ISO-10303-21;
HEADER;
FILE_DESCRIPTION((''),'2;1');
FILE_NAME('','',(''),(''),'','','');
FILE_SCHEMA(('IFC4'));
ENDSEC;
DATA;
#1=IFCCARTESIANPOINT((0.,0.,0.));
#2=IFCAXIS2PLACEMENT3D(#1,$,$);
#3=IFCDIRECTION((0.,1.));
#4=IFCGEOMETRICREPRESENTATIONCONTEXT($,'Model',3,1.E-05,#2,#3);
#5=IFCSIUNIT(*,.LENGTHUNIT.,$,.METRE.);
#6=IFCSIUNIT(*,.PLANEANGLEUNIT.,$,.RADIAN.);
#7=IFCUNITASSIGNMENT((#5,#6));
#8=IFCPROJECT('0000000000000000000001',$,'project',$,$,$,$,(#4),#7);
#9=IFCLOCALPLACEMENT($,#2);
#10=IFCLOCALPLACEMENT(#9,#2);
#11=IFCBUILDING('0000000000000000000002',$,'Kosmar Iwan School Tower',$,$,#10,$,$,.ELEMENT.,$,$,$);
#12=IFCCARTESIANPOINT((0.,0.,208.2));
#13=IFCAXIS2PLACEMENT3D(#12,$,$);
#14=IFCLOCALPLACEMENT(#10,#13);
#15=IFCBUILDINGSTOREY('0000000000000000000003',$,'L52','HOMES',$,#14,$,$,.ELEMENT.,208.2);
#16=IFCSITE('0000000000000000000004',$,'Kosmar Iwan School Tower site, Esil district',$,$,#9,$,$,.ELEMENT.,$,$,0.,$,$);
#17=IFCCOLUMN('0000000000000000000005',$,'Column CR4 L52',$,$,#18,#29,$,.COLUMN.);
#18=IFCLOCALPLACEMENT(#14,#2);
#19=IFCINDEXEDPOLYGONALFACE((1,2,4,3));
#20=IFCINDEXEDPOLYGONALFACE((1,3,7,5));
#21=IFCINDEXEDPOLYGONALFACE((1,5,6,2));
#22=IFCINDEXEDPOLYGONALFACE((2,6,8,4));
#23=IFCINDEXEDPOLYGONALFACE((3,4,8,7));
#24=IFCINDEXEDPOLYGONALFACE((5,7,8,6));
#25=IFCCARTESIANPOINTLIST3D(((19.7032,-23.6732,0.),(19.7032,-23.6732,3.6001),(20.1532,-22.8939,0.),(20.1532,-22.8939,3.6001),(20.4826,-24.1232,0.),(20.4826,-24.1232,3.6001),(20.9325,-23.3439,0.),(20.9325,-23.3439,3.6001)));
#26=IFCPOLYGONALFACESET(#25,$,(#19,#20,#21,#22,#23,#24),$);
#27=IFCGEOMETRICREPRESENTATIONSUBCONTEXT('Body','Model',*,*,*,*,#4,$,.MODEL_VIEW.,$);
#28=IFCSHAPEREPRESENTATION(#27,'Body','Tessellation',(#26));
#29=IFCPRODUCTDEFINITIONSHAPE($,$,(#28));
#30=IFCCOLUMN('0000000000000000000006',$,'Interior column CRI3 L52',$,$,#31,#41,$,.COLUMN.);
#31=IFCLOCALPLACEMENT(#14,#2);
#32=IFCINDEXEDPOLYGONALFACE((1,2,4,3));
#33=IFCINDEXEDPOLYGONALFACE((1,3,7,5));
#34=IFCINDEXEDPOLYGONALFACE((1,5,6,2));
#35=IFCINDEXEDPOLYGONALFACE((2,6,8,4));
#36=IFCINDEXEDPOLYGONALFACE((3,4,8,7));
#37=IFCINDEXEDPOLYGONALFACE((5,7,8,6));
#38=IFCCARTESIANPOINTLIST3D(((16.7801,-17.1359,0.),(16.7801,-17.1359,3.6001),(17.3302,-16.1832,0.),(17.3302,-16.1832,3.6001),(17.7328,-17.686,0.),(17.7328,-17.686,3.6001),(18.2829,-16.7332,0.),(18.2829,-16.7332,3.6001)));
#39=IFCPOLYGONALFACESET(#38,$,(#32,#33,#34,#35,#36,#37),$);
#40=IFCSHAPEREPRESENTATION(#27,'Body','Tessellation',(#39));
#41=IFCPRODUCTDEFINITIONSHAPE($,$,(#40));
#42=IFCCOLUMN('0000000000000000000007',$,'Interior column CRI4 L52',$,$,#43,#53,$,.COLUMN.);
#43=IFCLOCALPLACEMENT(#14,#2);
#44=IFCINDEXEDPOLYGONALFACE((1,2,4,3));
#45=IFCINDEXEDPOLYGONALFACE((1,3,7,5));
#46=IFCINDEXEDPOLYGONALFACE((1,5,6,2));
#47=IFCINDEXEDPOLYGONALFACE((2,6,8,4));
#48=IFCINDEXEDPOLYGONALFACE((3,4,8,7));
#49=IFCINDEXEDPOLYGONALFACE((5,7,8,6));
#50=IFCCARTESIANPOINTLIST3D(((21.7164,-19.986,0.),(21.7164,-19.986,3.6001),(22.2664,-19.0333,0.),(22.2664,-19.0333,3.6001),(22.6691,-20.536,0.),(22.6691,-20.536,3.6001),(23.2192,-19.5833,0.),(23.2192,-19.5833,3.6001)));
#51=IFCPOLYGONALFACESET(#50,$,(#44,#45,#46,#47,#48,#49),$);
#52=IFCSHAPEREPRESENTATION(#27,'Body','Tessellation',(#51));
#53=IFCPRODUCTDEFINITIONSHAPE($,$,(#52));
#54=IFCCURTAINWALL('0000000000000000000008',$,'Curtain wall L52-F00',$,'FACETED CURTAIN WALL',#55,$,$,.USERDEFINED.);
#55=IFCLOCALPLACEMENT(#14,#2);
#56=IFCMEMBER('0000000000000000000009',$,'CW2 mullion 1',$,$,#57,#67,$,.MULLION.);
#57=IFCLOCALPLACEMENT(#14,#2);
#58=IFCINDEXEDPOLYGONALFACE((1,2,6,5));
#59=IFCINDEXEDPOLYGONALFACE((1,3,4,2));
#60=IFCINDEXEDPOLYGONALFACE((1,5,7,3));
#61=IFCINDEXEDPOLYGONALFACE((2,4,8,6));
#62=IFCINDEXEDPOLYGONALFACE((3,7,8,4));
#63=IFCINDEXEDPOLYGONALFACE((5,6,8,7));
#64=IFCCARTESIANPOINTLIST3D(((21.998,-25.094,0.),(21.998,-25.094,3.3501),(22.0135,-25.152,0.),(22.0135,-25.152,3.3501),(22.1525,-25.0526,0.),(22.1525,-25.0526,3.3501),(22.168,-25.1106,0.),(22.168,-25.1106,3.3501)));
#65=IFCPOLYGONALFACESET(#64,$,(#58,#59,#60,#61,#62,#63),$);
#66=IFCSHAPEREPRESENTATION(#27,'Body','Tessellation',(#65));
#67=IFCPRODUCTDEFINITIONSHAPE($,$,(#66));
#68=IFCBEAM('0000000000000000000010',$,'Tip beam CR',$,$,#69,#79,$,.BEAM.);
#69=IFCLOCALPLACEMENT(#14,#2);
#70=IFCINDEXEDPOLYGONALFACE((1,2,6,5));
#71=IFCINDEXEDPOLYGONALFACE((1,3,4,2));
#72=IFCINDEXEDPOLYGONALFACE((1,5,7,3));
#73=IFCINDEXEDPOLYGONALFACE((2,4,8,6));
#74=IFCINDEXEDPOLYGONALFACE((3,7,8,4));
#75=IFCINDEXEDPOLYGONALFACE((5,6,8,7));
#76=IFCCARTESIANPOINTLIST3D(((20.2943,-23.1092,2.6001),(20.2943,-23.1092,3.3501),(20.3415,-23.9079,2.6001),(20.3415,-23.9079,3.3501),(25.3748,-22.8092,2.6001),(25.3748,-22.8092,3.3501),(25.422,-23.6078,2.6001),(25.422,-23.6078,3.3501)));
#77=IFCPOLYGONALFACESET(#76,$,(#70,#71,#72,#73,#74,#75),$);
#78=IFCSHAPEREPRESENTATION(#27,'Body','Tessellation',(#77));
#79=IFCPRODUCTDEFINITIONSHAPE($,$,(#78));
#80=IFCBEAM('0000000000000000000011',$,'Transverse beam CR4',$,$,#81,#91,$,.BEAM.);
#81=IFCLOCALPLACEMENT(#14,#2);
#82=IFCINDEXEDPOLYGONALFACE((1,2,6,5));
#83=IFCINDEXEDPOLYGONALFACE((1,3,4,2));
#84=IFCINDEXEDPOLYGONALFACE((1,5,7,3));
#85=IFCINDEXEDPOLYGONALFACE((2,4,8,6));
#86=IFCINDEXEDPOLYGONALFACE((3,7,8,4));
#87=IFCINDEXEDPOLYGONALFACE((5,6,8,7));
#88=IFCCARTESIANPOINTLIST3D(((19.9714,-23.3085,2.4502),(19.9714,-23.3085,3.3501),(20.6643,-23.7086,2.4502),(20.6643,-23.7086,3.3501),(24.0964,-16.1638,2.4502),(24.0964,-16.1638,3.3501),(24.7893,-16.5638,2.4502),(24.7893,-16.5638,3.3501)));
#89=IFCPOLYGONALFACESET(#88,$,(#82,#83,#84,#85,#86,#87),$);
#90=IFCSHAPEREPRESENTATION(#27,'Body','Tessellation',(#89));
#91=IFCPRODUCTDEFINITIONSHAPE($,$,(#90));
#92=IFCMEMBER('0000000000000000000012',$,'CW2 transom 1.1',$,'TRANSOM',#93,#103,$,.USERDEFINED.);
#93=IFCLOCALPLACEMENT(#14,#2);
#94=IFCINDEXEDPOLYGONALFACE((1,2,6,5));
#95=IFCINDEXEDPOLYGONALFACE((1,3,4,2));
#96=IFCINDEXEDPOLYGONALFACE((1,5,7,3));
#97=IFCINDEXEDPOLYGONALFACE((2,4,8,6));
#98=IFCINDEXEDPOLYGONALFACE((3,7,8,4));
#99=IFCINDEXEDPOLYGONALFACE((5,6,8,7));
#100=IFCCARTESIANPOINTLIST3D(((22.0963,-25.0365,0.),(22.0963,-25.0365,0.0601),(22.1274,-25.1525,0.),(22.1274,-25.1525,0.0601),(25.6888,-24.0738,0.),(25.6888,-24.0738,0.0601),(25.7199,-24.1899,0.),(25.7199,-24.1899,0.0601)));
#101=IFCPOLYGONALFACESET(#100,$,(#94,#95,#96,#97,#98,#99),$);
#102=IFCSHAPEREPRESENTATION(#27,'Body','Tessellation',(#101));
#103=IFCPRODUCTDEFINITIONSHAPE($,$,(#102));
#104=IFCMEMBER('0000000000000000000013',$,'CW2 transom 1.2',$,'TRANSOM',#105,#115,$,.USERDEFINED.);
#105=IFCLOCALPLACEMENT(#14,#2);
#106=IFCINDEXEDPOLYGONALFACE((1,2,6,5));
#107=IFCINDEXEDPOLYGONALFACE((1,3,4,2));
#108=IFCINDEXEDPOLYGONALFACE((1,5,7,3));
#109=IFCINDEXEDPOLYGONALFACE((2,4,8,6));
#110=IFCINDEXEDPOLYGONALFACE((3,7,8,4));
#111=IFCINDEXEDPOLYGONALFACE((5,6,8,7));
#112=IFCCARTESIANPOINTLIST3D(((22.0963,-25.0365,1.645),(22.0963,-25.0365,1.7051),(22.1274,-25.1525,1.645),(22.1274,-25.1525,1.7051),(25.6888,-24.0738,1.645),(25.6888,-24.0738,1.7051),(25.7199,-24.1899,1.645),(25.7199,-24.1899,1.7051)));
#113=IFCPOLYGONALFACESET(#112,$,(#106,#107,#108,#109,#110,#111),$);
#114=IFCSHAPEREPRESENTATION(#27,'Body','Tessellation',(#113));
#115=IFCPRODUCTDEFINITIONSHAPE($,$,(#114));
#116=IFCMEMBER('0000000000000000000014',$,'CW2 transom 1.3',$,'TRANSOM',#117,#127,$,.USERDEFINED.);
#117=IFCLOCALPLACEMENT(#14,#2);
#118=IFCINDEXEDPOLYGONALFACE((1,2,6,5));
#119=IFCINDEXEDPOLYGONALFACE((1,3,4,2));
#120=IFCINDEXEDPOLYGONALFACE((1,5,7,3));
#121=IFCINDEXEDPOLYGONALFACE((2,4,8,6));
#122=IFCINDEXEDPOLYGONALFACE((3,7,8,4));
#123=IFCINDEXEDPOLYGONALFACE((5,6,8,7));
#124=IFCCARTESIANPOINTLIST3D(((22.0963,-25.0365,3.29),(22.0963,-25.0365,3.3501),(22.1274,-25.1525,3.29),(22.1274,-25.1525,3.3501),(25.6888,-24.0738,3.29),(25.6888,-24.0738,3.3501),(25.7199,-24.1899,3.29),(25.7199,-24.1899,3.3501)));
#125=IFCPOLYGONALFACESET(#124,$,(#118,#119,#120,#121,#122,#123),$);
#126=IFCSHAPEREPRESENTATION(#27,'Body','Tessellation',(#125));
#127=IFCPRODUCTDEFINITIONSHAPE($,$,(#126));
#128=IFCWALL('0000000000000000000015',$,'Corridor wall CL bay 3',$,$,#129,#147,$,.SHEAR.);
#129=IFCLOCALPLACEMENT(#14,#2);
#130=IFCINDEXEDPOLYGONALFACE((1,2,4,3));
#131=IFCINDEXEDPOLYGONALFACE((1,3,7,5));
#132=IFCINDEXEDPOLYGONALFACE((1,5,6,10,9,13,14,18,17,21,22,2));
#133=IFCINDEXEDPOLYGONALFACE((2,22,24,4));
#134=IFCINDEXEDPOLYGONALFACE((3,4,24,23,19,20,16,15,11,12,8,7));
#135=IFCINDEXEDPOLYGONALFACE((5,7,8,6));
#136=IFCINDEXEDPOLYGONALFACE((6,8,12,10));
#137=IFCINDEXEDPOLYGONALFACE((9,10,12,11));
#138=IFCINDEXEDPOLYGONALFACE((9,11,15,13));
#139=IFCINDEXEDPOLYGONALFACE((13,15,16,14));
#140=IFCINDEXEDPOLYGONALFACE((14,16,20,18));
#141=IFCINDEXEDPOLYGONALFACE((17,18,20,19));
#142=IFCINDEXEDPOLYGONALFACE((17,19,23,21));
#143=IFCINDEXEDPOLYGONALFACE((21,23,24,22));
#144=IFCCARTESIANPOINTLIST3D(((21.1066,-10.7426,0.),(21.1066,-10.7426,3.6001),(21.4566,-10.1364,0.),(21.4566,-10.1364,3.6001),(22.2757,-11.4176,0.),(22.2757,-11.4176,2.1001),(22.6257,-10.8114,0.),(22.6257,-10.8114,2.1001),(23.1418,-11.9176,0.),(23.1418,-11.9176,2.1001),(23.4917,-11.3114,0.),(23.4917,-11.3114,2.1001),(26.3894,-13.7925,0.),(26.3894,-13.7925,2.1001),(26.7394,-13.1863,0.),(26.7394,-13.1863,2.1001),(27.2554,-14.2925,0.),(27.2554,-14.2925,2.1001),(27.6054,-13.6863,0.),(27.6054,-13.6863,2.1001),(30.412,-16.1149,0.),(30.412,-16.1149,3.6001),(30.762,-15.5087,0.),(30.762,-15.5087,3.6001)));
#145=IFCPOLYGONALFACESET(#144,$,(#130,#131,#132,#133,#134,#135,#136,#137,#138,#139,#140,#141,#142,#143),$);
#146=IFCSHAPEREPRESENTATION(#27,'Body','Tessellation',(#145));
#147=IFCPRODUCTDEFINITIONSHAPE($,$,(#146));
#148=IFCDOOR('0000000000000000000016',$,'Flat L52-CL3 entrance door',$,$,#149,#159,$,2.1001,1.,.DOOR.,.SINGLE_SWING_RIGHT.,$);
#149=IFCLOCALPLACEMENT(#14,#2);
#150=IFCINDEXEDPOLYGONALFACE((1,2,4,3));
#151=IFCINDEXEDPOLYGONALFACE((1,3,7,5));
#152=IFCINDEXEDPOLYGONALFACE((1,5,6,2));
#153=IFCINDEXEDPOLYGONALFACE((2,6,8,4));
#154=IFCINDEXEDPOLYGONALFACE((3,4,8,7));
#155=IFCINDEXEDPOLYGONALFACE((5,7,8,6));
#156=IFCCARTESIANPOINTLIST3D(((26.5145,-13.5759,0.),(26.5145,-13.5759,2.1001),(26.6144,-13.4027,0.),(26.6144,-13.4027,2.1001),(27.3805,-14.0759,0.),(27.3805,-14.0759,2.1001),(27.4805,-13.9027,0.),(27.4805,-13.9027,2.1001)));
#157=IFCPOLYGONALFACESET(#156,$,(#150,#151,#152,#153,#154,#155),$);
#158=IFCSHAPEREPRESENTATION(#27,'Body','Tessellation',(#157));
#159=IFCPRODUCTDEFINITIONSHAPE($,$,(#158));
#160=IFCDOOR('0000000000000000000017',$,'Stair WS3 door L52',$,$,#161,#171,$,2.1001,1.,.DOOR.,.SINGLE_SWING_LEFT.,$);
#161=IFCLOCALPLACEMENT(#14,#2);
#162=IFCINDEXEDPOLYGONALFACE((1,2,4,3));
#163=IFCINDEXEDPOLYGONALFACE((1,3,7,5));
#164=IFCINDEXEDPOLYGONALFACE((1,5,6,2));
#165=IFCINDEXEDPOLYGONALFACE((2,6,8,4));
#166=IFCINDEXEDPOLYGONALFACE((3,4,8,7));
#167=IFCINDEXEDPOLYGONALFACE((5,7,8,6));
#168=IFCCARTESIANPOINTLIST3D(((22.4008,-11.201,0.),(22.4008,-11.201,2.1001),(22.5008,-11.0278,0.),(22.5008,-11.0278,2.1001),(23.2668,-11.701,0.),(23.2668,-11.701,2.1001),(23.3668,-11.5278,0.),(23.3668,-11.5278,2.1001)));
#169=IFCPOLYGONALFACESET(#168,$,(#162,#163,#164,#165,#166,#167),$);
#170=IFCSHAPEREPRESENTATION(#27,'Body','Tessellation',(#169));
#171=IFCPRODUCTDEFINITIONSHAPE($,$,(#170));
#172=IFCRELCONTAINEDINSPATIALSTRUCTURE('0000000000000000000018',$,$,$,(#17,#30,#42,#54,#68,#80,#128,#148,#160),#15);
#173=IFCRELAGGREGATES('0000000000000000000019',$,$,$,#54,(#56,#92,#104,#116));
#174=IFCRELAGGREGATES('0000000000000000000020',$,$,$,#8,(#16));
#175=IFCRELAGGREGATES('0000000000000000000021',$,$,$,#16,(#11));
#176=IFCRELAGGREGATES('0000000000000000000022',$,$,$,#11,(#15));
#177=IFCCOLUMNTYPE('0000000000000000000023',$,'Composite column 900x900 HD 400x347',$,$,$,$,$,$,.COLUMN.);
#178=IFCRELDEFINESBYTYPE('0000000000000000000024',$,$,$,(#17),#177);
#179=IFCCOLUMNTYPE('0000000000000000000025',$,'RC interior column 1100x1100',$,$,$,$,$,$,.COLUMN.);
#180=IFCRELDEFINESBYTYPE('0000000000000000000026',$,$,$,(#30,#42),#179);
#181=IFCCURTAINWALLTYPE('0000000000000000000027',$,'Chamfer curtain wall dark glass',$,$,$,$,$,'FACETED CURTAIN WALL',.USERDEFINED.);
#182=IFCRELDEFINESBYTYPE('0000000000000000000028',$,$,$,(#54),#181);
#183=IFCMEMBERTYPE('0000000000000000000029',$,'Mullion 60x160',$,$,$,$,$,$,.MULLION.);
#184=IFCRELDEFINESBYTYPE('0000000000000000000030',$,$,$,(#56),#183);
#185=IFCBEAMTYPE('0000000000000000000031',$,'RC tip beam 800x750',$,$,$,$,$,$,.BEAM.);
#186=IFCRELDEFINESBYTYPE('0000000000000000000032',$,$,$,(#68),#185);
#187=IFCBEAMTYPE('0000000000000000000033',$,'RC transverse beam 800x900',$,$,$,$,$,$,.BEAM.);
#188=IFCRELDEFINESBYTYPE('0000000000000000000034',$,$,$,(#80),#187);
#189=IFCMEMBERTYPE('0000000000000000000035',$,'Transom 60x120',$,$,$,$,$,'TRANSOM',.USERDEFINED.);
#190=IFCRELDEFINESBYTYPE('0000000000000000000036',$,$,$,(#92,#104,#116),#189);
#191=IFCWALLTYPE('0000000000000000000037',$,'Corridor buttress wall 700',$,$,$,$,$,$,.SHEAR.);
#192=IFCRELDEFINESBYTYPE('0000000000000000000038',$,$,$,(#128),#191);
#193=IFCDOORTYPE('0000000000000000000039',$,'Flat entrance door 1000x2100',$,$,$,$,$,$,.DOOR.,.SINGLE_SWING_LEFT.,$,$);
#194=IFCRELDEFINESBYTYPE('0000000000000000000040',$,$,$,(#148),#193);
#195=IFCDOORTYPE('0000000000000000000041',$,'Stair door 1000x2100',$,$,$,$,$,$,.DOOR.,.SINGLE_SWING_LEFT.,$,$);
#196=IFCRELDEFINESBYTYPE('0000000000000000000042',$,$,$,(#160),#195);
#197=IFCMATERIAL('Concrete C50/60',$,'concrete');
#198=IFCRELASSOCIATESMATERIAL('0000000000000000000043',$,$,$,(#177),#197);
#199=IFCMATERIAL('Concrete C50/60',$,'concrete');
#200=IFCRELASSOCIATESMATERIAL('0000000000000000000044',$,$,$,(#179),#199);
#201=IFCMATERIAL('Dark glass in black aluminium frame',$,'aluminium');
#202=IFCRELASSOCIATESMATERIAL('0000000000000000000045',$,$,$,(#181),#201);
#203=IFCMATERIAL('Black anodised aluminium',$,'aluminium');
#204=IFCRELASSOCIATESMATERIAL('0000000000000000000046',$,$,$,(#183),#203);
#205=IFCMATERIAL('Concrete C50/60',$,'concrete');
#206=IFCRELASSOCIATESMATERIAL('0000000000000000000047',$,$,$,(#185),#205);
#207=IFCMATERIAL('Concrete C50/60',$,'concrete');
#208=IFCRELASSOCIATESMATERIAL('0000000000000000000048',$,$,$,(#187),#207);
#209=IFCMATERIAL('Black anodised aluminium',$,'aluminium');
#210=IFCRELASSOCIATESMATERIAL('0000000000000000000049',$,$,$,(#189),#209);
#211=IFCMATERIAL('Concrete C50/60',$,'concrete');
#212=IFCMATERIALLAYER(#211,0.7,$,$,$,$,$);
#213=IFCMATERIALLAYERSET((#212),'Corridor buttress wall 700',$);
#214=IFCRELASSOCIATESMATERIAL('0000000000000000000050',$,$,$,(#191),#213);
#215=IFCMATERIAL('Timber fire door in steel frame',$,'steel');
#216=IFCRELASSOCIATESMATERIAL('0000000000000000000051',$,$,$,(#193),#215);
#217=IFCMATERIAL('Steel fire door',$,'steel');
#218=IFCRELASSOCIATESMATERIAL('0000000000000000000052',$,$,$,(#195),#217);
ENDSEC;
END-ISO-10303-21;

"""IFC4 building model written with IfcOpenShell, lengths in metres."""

from ifc_helpers import new_model, si_unit, direction, frame, frame_2d, origin, origin_2d, place, context, subcontext, project, spatial, rectangle, extrude, material, layer, layer_set, material_profile, profile_set, type_object, element, fill, aggregate, save


model = new_model("IFC4")

# Units and contexts
model_context = context("Model", 3, precision=1e-05, world=origin(), true_north=direction((0.0, 1.0)))
body_context = subcontext(model_context, "Body", "Model", "MODEL_VIEW")
ifc_project = project(units=[si_unit("LENGTHUNIT", "METRE"), si_unit("PLANEANGLEUNIT", "RADIAN")], contexts=[model_context])

# Site, building, storey
site_placement = place(None, origin())
site = spatial("IfcSite", under=ifc_project, at=site_placement, Name="Kosmar Iwan School Tower site, Esil district", CompositionType="ELEMENT", RefElevation=0.0)
building_placement = place(site_placement, origin())
building = spatial("IfcBuilding", under=site, at=building_placement, Name="Kosmar Iwan School Tower", CompositionType="ELEMENT")
storey_placement = place(building_placement, frame((0.0, 0.0, 208.2)))
storey = spatial("IfcBuildingStorey", under=building, at=storey_placement, Name="L52", Description="HOMES", CompositionType="ELEMENT", Elevation=208.2)

# Columns
ifc_material_1 = material(Name="Concrete C50/60", Category="concrete")
ifc_material_profile_1 = material_profile(ifc_material_1, rectangle(XDim=0.8999, YDim=0.8999, at=origin_2d()), Name="RC 900x900 + HD 400x347")
ifc_profile_set_1 = profile_set([ifc_material_profile_1], Name="Concrete C50/60")
column_type_1 = type_object("IfcColumnType", Name="Composite column 900x900 HD 400x347", PredefinedType="COLUMN", material=ifc_profile_set_1)
column_placement = place(storey_placement, frame((20.3179, -23.5085, 0.0), z_axis=(0.0, 0.0, 1.0), x_axis=(0.866025, -0.5, 0.0)))
element("IfcColumn", 1, at=column_placement, inside=storey, type_object=column_type_1, Name="Column CR4 L52", PredefinedType="COLUMN", context=body_context, shape_type="SweptSolid", body=[
    extrude(rectangle(XDim=0.8999, YDim=0.8999, at=origin_2d()), origin(), (0.0, 0.0, 1.0), 3.6001),
])
ifc_material_2 = material(Name="Concrete C50/60", Category="concrete")
ifc_material_profile_2 = material_profile(ifc_material_2, rectangle(XDim=1.1001, YDim=1.1001, at=origin_2d()), Name="RC 1100x1100")
ifc_profile_set_2 = profile_set([ifc_material_profile_2], Name="Concrete C50/60")
column_type_2 = type_object("IfcColumnType", Name="RC interior column 1100x1100", PredefinedType="COLUMN", material=ifc_profile_set_2)
for number, where, z_axis, x_axis, name in (
    (2, (17.5315, -16.9346, 0.0), (0.0, 0.0, 1.0), (0.866025, -0.5, 0.0), "Interior column CRI3 L52"),
    (3, (22.4678, -19.7847, 0.0), (0.0, 0.0, 1.0), (0.866025, -0.5, 0.0), "Interior column CRI4 L52"),
):
    element("IfcColumn", number, at=place(storey_placement, frame(where, z_axis=z_axis, x_axis=x_axis)), inside=storey, type_object=column_type_2, Name=name, PredefinedType="COLUMN", context=body_context, shape_type="SweptSolid", body=[
        extrude(rectangle(XDim=1.1001, YDim=1.1001, at=origin_2d()), origin(), (0.0, 0.0, 1.0), 3.6001),
    ])

# Curtain wall, member
ifc_material_3 = material(Name="Dark glass in black aluminium frame", Category="aluminium")
curtain_wall_type = type_object("IfcCurtainWallType", Name="Chamfer curtain wall dark glass", ElementType="FACETED CURTAIN WALL", PredefinedType="USERDEFINED", material=ifc_material_3)
curtain_wall_placement = place(storey_placement, origin())
curtain_wall = element("IfcCurtainWall", 4, at=curtain_wall_placement, inside=storey, type_object=curtain_wall_type, Name="Curtain wall L52-F00", ObjectType="FACETED CURTAIN WALL", PredefinedType="USERDEFINED")
ifc_material_4 = material(Name="Black anodised aluminium", Category="aluminium")
ifc_material_profile_3 = material_profile(ifc_material_4, rectangle(XDim=0.0601, YDim=0.1599, at=origin_2d()), Name="MULLION 60x160")
ifc_profile_set_3 = profile_set([ifc_material_profile_3], Name="Black anodised aluminium")
member_type_1 = type_object("IfcMemberType", Name="Mullion 60x160", PredefinedType="MULLION", material=ifc_profile_set_3)
member_1_placement = place(storey_placement, frame((22.083, -25.1023, 0.0), z_axis=(0.0, 0.0, 1.0), x_axis=(-0.258819, 0.965926, 0.0)))
member_1 = element("IfcMember", 5, at=member_1_placement, type_object=member_type_1, Name="CW2 mullion 1", PredefinedType="MULLION", context=body_context, shape_type="SweptSolid", body=[
    extrude(rectangle(XDim=0.0601, YDim=0.1599, at=origin_2d()), origin(), (0.0, 0.0, 1.0), 3.3501),
])

# Beams
ifc_material_5 = material(Name="Concrete C50/60", Category="concrete")
ifc_material_profile_4 = material_profile(ifc_material_5, rectangle(XDim=0.8, YDim=0.75, at=origin_2d()), Name="RC 800x750")
ifc_profile_set_4 = profile_set([ifc_material_profile_4], Name="Concrete C50/60")
beam_type_1 = type_object("IfcBeamType", Name="RC tip beam 800x750", PredefinedType="BEAM", material=ifc_profile_set_4)
beam_1_placement = place(storey_placement, frame((20.3179, -23.5085, 2.9751), z_axis=(0.998261, 0.058955, 0.0), x_axis=(-0.058955, 0.998261, 0.0)))
element("IfcBeam", 6, at=beam_1_placement, inside=storey, type_object=beam_type_1, Name="Tip beam CR", PredefinedType="BEAM", context=body_context, shape_type="SweptSolid", body=[
    extrude(rectangle(XDim=0.8, YDim=0.75, at=origin_2d()), origin(), (0.0, 0.0, 1.0), 5.0894),
])
ifc_material_6 = material(Name="Concrete C50/60", Category="concrete")
ifc_material_profile_5 = material_profile(ifc_material_6, rectangle(XDim=0.8, YDim=0.8999, at=origin_2d()), Name="RC 800x900")
ifc_profile_set_5 = profile_set([ifc_material_profile_5], Name="Concrete C50/60")
beam_type_2 = type_object("IfcBeamType", Name="RC transverse beam 800x900", PredefinedType="BEAM", material=ifc_profile_set_5)
beam_2_placement = place(storey_placement, frame((20.3179, -23.5085, 2.9001), z_axis=(0.499997, 0.866027, 0.0), x_axis=(-0.866027, 0.499997, 0.0)))
element("IfcBeam", 7, at=beam_2_placement, inside=storey, type_object=beam_type_2, Name="Transverse beam CR4", PredefinedType="BEAM", context=body_context, shape_type="SweptSolid", body=[
    extrude(rectangle(XDim=0.8, YDim=0.8999, at=origin_2d()), origin(), (0.0, 0.0, 1.0), 8.25),
])

# Members
ifc_material_7 = material(Name="Black anodised aluminium", Category="aluminium")
ifc_material_profile_6 = material_profile(ifc_material_7, rectangle(XDim=0.1201, YDim=0.0601, at=origin_2d()), Name="TRANSOM 60x120")
ifc_profile_set_6 = profile_set([ifc_material_profile_6], Name="Black anodised aluminium")
member_type_2 = type_object("IfcMemberType", Name="Transom 60x120", ElementType="TRANSOM", PredefinedType="USERDEFINED", material=ifc_profile_set_6)
member_2_placement = place(storey_placement, frame((22.1118, -25.0945, 0.03), z_axis=(0.965924, 0.258827, 0.0), x_axis=(-0.258827, 0.965924, 0.0)))
member_2 = element("IfcMember", 8, at=member_2_placement, type_object=member_type_2, Name="CW2 transom 1.1", ObjectType="TRANSOM", PredefinedType="USERDEFINED", context=body_context, shape_type="SweptSolid", body=[
    extrude(rectangle(XDim=0.1201, YDim=0.0601, at=origin_2d()), origin(), (0.0, 0.0, 1.0), 3.7192),
])
member_3_placement = place(storey_placement, frame((22.1118, -25.0945, 1.675), z_axis=(0.965924, 0.258827, 0.0), x_axis=(-0.258827, 0.965924, 0.0)))
member_3 = element("IfcMember", 9, at=member_3_placement, type_object=member_type_2, Name="CW2 transom 1.2", ObjectType="TRANSOM", PredefinedType="USERDEFINED", context=body_context, shape_type="SweptSolid", body=[
    extrude(rectangle(XDim=0.1201, YDim=0.0601, at=origin_2d()), origin(), (0.0, 0.0, 1.0), 3.7192),
])
member_4_placement = place(storey_placement, frame((22.1118, -25.0945, 3.3201), z_axis=(0.965924, 0.258827, 0.0), x_axis=(-0.258827, 0.965924, 0.0)))
member_4 = element("IfcMember", 10, at=member_4_placement, type_object=member_type_2, Name="CW2 transom 1.3", ObjectType="TRANSOM", PredefinedType="USERDEFINED", context=body_context, shape_type="SweptSolid", body=[
    extrude(rectangle(XDim=0.1201, YDim=0.0601, at=origin_2d()), origin(), (0.0, 0.0, 1.0), 3.7192),
])
aggregate(curtain_wall, [member_1, member_2, member_3, member_4])

# Wall, openings, doors
ifc_material_8 = material(Name="Concrete C50/60", Category="concrete")
ifc_layer_1 = layer(ifc_material_8, 0.7)
ifc_layer_set_1 = layer_set([ifc_layer_1], Name="Corridor buttress wall 700")
wall_type_1 = type_object("IfcWallType", Name="Corridor buttress wall 700", PredefinedType="SHEAR", material=ifc_layer_set_1)
wall_1_placement = place(storey_placement, frame((21.2815, -10.4395, 0.0), z_axis=(0.0, 0.0, 1.0), x_axis=(0.866032, -0.499988, 0.0)))
wall_1 = element("IfcWall", 11, at=wall_1_placement, inside=storey, type_object=wall_type_1, Name="Corridor wall CL bay 3", PredefinedType="SHEAR", context=body_context, shape_type="SweptSolid", body=[
    extrude(rectangle(XDim=10.7449, YDim=0.7, at=frame_2d((5.3726, 0.0))), origin(), (0.0, 0.0, 1.0), 3.6001),
])
opening_1_placement = place(wall_1_placement, frame((6.1001, 0.0, 0.0)))
opening_1 = element("IfcOpeningElement", 12, at=opening_1_placement, cuts=wall_1, PredefinedType="OPENING", context=body_context, shape_type="SweptSolid", body=[
    extrude(rectangle(XDim=1.0, YDim=2.1001, at=frame_2d((0.5, 1.05))), frame((0.0, 0.3621, 0.0), z_axis=(0.0, -1.0, 0.0), x_axis=(1.0, 0.0, 0.0)), (0.0, 0.0, 1.0), 0.7239),
])
opening_2_placement = place(wall_1_placement, frame((1.3501, 0.0, 0.0)))
opening_2 = element("IfcOpeningElement", 13, at=opening_2_placement, cuts=wall_1, PredefinedType="OPENING", context=body_context, shape_type="SweptSolid", body=[
    extrude(rectangle(XDim=1.0, YDim=2.1001, at=frame_2d((0.5, 1.05))), frame((0.0, 0.3621, 0.0), z_axis=(0.0, -1.0, 0.0), x_axis=(1.0, 0.0, 0.0)), (0.0, 0.0, 1.0), 0.7239),
])
ifc_material_9 = material(Name="Timber fire door in steel frame", Category="steel")
door_type_1 = type_object("IfcDoorType", Name="Flat entrance door 1000x2100", OperationType="SINGLE_SWING_LEFT", PredefinedType="DOOR", material=ifc_material_9)
door_1_placement = place(opening_1_placement, origin())
door_1 = element("IfcDoor", 14, at=door_1_placement, inside=storey, type_object=door_type_1, Name="Flat L52-CL3 entrance door", OperationType="SINGLE_SWING_RIGHT", OverallHeight=2.1001, OverallWidth=1.0, PredefinedType="DOOR", context=body_context, shape_type="SweptSolid", body=[
    extrude(rectangle(XDim=1.0, YDim=2.1001, at=frame_2d((0.5, 1.05))), frame((0.0, 0.1001, 0.0), z_axis=(0.0, -1.0, 0.0), x_axis=(1.0, 0.0, 0.0)), (0.0, 0.0, 1.0), 0.2),
])
fill(opening_1, door_1)
ifc_material_10 = material(Name="Steel fire door", Category="steel")
door_type_2 = type_object("IfcDoorType", Name="Stair door 1000x2100", OperationType="SINGLE_SWING_LEFT", PredefinedType="DOOR", material=ifc_material_10)
door_2_placement = place(opening_2_placement, origin())
door_2 = element("IfcDoor", 15, at=door_2_placement, inside=storey, type_object=door_type_2, Name="Stair WS3 door L52", OperationType="SINGLE_SWING_LEFT", OverallHeight=2.1001, OverallWidth=1.0, PredefinedType="DOOR", context=body_context, shape_type="SweptSolid", body=[
    extrude(rectangle(XDim=1.0, YDim=2.1001, at=frame_2d((0.5, 1.05))), frame((0.0, 0.1001, 0.0), z_axis=(0.0, -1.0, 0.0), x_axis=(1.0, 0.0, 0.0)), (0.0, 0.0, 1.0), 0.2),
])
fill(opening_2, door_2)

save(model, "model.ifc")
